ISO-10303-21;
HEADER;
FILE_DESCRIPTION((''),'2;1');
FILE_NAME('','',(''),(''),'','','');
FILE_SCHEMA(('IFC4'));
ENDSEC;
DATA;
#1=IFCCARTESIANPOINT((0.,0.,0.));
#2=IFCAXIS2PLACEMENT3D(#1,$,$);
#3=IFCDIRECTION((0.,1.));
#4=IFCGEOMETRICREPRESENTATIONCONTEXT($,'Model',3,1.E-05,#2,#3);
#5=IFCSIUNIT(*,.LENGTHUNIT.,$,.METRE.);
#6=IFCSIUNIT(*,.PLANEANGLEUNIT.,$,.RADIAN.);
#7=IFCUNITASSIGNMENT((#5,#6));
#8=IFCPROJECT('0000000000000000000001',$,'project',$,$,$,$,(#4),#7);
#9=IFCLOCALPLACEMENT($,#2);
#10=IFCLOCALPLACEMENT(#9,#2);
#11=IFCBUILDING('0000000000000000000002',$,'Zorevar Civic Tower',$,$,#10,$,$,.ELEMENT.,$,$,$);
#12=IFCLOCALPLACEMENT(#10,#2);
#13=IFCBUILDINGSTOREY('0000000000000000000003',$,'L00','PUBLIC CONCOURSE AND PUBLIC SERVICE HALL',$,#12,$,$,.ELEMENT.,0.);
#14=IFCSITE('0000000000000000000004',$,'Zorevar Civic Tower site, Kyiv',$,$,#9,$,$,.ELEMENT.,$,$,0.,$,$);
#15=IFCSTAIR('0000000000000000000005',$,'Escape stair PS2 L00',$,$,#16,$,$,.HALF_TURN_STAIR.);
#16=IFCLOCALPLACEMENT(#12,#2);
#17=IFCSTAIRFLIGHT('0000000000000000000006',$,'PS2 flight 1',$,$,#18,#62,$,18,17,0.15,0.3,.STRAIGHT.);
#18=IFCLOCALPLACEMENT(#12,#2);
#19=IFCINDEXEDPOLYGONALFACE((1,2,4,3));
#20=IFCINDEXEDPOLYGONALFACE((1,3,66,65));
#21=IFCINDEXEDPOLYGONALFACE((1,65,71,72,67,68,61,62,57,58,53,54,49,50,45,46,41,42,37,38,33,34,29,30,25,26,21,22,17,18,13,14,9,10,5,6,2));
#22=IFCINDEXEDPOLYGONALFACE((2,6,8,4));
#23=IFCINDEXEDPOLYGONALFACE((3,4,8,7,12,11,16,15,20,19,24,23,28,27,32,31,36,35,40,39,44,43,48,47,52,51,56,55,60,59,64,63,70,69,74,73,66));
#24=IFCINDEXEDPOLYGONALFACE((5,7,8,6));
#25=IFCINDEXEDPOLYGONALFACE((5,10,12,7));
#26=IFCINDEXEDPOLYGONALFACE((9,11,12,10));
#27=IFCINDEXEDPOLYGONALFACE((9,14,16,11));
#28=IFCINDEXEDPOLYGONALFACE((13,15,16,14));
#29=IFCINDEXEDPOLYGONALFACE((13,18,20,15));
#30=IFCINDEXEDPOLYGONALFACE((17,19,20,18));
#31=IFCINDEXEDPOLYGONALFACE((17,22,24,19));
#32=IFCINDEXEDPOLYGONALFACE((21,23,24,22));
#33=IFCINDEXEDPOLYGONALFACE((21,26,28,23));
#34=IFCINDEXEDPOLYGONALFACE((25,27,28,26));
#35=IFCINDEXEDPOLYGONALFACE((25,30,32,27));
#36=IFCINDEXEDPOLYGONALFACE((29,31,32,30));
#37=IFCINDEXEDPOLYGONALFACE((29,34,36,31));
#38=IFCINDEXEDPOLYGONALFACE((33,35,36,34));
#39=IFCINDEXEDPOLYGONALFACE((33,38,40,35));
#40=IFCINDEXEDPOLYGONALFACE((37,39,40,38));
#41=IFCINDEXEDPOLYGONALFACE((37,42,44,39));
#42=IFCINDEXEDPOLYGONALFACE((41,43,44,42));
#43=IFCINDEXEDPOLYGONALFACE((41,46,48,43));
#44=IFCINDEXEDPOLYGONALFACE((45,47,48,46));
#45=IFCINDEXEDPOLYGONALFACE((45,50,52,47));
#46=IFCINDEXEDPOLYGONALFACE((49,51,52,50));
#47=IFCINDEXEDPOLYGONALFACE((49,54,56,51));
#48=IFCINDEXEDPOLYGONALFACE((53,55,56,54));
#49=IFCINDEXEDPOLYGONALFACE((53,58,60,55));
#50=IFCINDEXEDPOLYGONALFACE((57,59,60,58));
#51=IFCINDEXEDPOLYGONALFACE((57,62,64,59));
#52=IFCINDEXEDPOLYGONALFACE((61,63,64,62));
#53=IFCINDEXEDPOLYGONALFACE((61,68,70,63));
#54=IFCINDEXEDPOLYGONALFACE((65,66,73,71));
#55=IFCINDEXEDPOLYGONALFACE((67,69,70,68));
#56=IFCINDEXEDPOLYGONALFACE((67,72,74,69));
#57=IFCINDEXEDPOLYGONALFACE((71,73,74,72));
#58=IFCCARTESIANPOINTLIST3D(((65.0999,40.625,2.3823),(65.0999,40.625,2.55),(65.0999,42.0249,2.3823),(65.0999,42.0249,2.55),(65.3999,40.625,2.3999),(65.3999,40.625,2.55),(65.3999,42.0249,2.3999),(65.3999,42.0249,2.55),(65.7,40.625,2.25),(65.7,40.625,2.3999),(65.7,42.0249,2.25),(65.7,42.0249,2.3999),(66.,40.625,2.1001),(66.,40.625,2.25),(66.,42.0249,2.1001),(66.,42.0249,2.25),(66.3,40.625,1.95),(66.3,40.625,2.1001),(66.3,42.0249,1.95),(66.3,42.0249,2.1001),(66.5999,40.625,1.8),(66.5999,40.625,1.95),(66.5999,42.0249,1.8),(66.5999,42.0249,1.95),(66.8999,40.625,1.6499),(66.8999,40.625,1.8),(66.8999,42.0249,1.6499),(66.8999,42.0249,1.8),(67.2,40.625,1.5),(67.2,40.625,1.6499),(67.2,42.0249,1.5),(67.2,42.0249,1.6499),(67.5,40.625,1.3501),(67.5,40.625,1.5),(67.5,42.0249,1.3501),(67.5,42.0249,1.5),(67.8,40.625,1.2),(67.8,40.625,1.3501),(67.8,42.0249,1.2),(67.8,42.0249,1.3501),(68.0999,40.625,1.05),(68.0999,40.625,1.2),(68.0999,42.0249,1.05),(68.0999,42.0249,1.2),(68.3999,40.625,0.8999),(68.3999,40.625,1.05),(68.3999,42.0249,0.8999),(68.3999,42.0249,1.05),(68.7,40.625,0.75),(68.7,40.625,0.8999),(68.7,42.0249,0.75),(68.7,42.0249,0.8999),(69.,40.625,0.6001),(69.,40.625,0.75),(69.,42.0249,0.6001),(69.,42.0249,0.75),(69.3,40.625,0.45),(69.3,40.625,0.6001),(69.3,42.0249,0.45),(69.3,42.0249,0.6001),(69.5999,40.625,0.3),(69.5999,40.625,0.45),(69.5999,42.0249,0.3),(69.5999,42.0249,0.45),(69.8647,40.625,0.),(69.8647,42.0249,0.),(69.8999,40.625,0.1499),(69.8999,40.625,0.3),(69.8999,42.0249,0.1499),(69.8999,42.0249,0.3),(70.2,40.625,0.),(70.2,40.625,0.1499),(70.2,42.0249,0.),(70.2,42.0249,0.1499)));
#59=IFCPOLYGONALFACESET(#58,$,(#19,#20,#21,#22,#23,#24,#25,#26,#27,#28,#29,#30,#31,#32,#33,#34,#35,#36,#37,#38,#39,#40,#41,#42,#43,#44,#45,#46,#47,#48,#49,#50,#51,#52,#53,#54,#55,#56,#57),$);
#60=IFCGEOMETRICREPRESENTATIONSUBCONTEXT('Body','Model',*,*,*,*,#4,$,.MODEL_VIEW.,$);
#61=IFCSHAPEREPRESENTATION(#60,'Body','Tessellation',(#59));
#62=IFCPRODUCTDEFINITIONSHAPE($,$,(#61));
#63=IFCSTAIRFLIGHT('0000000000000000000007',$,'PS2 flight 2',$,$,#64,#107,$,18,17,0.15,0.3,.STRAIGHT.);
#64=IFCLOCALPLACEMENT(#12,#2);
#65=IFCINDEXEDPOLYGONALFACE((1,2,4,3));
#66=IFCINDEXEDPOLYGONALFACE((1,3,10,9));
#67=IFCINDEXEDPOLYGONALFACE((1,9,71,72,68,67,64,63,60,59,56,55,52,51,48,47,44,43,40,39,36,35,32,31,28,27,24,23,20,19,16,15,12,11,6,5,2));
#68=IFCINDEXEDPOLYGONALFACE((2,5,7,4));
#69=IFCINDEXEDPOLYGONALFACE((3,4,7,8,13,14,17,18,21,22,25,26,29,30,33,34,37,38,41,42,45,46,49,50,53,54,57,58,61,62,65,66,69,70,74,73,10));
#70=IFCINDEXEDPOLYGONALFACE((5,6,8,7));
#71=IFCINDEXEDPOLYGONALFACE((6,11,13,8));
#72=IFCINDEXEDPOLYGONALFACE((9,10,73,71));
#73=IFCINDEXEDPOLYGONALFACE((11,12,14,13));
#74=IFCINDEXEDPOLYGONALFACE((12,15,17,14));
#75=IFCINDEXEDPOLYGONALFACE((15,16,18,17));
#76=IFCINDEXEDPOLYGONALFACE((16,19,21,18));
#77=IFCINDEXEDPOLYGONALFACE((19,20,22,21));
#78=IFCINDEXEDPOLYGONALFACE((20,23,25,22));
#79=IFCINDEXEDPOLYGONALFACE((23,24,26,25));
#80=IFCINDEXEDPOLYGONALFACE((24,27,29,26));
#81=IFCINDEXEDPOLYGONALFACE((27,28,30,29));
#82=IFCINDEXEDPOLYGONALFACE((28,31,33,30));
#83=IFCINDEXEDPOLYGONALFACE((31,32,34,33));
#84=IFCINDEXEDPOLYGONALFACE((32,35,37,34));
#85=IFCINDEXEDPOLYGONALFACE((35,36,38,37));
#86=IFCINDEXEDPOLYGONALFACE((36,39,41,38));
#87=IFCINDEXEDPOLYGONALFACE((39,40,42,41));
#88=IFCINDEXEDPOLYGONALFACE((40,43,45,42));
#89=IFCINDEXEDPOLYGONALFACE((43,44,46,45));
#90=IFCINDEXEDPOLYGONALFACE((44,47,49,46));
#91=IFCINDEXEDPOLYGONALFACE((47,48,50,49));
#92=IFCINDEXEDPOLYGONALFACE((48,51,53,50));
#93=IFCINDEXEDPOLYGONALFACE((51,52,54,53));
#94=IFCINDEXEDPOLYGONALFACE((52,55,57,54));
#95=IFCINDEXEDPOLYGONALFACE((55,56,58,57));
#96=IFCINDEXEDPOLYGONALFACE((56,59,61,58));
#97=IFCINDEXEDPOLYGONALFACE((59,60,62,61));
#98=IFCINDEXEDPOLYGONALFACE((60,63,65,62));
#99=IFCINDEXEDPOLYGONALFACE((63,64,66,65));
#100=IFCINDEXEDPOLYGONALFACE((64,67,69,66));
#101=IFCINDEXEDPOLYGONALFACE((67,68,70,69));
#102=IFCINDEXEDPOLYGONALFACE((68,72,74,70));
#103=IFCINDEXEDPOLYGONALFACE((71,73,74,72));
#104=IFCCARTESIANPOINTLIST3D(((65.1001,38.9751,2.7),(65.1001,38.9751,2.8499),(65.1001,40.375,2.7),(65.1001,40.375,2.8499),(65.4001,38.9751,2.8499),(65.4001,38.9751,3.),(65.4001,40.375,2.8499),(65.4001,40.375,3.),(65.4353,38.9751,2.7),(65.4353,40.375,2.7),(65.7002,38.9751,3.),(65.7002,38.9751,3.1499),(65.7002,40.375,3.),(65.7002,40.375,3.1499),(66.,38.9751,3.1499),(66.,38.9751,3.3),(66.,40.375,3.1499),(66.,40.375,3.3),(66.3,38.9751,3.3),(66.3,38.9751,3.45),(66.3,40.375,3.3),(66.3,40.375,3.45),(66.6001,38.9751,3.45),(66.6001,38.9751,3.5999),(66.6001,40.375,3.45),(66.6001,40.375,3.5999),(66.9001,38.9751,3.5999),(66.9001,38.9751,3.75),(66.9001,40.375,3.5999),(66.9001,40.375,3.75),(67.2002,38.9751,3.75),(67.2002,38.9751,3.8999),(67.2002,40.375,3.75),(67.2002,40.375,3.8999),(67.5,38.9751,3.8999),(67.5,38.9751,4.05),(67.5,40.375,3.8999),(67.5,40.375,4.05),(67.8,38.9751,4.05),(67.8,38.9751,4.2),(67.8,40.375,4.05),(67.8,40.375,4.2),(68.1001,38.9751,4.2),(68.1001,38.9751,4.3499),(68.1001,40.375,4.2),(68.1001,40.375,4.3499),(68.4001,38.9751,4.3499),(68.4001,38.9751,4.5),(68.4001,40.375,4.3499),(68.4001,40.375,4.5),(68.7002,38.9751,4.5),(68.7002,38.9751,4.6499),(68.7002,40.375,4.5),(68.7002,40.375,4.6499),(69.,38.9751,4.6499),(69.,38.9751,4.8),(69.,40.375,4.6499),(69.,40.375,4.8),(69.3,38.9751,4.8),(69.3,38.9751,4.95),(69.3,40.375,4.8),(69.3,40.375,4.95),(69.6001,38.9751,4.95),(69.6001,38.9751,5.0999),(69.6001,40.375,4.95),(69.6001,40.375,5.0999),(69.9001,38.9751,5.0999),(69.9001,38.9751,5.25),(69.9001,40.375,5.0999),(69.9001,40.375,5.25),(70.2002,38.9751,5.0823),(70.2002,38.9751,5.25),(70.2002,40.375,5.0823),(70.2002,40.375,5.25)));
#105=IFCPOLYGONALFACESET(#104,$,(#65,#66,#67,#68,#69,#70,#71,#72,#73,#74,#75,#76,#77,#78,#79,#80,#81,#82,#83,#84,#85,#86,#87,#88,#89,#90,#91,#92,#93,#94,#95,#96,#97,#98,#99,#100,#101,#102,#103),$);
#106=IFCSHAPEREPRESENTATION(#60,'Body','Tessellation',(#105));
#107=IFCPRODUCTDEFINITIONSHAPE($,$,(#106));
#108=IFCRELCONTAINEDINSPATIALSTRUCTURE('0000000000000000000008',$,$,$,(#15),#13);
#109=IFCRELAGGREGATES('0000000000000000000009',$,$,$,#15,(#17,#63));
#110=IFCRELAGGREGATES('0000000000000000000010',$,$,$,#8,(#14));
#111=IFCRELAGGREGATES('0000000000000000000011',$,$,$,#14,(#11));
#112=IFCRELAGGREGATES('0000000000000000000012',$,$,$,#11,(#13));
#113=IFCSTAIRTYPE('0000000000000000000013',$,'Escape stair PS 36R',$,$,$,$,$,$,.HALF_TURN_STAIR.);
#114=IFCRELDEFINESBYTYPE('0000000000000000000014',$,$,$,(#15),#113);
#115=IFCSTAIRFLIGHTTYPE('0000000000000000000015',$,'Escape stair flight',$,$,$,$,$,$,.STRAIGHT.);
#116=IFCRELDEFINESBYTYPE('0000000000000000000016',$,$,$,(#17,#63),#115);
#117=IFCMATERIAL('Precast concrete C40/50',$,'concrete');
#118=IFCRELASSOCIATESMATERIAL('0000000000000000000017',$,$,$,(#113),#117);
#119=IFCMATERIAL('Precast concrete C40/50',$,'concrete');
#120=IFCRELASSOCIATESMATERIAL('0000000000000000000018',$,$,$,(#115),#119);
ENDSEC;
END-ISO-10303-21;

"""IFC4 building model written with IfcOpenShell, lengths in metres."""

from ifc_helpers import new_model, si_unit, direction, frame, origin, place, context, subcontext, project, spatial, polyline, outline, extrude, material, type_object, element, aggregate, save


model = new_model("IFC4")

# Units and contexts
model_context = context("Model", 3, precision=1e-05, world=origin(), true_north=direction((0.0, 1.0)))
body_context = subcontext(model_context, "Body", "Model", "MODEL_VIEW")
ifc_project = project(units=[si_unit("LENGTHUNIT", "METRE"), si_unit("PLANEANGLEUNIT", "RADIAN")], contexts=[model_context])

# Site, building, storey
site_placement = place(None, origin())
site = spatial("IfcSite", under=ifc_project, at=site_placement, Name="Zorevar Civic Tower site, Kyiv", CompositionType="ELEMENT", RefElevation=0.0)
building_placement = place(site_placement, origin())
building = spatial("IfcBuilding", under=site, at=building_placement, Name="Zorevar Civic Tower", CompositionType="ELEMENT")
storey_placement = place(building_placement, origin())
storey = spatial("IfcBuildingStorey", under=building, at=storey_placement, Name="L00", Description="PUBLIC CONCOURSE AND PUBLIC SERVICE HALL", CompositionType="ELEMENT", Elevation=0.0)

# Stair, stair flights
ifc_material_1 = material(Name="Precast concrete C40/50", Category="concrete")
stair_type = type_object("IfcStairType", Name="Escape stair PS 36R", PredefinedType="HALF_TURN_STAIR", material=ifc_material_1)
stair_placement = place(storey_placement, origin())
stair = element("IfcStair", 1, at=stair_placement, inside=storey, type_object=stair_type, Name="Escape stair PS2 L00", PredefinedType="HALF_TURN_STAIR")
ifc_material_2 = material(Name="Precast concrete C40/50", Category="concrete")
stair_flight_type = type_object("IfcStairFlightType", Name="Escape stair flight", PredefinedType="STRAIGHT", material=ifc_material_2)
stair_flight_1_placement = place(storey_placement, frame((70.2, 41.325, 0.0), z_axis=(0.0, 0.0, 1.0), x_axis=(-1.0, 0.0, 0.0)))
stair_flight_1 = element("IfcStairFlight", 2, at=stair_flight_1_placement, type_object=stair_flight_type, Name="PS2 flight 1", NumberOfRisers=18, NumberOfTreads=17, PredefinedType="STRAIGHT", RiserHeight=0.15, TreadLength=0.3, context=body_context, shape_type="SweptSolid", body=[
    extrude(outline(polyline([(0.0, 0.0), (0.0, 0.1499), (0.3, 0.1499), (0.3, 0.3), (0.6001, 0.3), (0.6001, 0.45), (0.8999, 0.45), (0.8999, 0.6001), (1.2, 0.6001), (1.2, 0.75), (1.5, 0.75), (1.5, 0.8999), (1.8, 0.8999), (1.8, 1.05), (2.1001, 1.05), (2.1001, 1.2), (2.3999, 1.2), (2.3999, 1.3501), (2.7, 1.3501), (2.7, 1.5), (3.0, 1.5), (3.0, 1.6499), (3.3, 1.6499), (3.3, 1.8), (3.6001, 1.8), (3.6001, 1.95), (3.8999, 1.95), (3.8999, 2.1001), (4.2, 2.1001), (4.2, 2.25), (4.5, 2.25), (4.5, 2.3999), (4.8, 2.3999), (4.8, 2.55), (5.1001, 2.55), (5.1001, 2.7), (5.1001, 2.3823), (0.3352, 0.0), (0.0, 0.0)])), frame((0.0, 0.7, 0.0), z_axis=(0.0, -1.0, 0.0), x_axis=(1.0, 0.0, 0.0)), (0.0, 0.0, 1.0), 1.3999),
])
stair_flight_2_placement = place(storey_placement, frame((65.1001, 39.675, 2.7), z_axis=(0.0, 0.0, 1.0), x_axis=(1.0, 0.0, 0.0)))
stair_flight_2 = element("IfcStairFlight", 3, at=stair_flight_2_placement, type_object=stair_flight_type, Name="PS2 flight 2", NumberOfRisers=18, NumberOfTreads=17, PredefinedType="STRAIGHT", RiserHeight=0.15, TreadLength=0.3, context=body_context, shape_type="SweptSolid", body=[
    extrude(outline(polyline([(0.0, 0.0), (0.0, 0.1499), (0.3, 0.1499), (0.3, 0.3), (0.6001, 0.3), (0.6001, 0.45), (0.8999, 0.45), (0.8999, 0.6001), (1.2, 0.6001), (1.2, 0.75), (1.5, 0.75), (1.5, 0.8999), (1.8, 0.8999), (1.8, 1.05), (2.1001, 1.05), (2.1001, 1.2), (2.3999, 1.2), (2.3999, 1.3501), (2.7, 1.3501), (2.7, 1.5), (3.0, 1.5), (3.0, 1.6499), (3.3, 1.6499), (3.3, 1.8), (3.6001, 1.8), (3.6001, 1.95), (3.8999, 1.95), (3.8999, 2.1001), (4.2, 2.1001), (4.2, 2.25), (4.5, 2.25), (4.5, 2.3999), (4.8, 2.3999), (4.8, 2.55), (5.1001, 2.55), (5.1001, 2.7), (5.1001, 2.3823), (0.3352, 0.0), (0.0, 0.0)])), frame((0.0, 0.7, 0.0), z_axis=(0.0, -1.0, 0.0), x_axis=(1.0, 0.0, 0.0)), (0.0, 0.0, 1.0), 1.3999),
])
aggregate(stair, [stair_flight_1, stair_flight_2])

save(model, "model.ifc")
